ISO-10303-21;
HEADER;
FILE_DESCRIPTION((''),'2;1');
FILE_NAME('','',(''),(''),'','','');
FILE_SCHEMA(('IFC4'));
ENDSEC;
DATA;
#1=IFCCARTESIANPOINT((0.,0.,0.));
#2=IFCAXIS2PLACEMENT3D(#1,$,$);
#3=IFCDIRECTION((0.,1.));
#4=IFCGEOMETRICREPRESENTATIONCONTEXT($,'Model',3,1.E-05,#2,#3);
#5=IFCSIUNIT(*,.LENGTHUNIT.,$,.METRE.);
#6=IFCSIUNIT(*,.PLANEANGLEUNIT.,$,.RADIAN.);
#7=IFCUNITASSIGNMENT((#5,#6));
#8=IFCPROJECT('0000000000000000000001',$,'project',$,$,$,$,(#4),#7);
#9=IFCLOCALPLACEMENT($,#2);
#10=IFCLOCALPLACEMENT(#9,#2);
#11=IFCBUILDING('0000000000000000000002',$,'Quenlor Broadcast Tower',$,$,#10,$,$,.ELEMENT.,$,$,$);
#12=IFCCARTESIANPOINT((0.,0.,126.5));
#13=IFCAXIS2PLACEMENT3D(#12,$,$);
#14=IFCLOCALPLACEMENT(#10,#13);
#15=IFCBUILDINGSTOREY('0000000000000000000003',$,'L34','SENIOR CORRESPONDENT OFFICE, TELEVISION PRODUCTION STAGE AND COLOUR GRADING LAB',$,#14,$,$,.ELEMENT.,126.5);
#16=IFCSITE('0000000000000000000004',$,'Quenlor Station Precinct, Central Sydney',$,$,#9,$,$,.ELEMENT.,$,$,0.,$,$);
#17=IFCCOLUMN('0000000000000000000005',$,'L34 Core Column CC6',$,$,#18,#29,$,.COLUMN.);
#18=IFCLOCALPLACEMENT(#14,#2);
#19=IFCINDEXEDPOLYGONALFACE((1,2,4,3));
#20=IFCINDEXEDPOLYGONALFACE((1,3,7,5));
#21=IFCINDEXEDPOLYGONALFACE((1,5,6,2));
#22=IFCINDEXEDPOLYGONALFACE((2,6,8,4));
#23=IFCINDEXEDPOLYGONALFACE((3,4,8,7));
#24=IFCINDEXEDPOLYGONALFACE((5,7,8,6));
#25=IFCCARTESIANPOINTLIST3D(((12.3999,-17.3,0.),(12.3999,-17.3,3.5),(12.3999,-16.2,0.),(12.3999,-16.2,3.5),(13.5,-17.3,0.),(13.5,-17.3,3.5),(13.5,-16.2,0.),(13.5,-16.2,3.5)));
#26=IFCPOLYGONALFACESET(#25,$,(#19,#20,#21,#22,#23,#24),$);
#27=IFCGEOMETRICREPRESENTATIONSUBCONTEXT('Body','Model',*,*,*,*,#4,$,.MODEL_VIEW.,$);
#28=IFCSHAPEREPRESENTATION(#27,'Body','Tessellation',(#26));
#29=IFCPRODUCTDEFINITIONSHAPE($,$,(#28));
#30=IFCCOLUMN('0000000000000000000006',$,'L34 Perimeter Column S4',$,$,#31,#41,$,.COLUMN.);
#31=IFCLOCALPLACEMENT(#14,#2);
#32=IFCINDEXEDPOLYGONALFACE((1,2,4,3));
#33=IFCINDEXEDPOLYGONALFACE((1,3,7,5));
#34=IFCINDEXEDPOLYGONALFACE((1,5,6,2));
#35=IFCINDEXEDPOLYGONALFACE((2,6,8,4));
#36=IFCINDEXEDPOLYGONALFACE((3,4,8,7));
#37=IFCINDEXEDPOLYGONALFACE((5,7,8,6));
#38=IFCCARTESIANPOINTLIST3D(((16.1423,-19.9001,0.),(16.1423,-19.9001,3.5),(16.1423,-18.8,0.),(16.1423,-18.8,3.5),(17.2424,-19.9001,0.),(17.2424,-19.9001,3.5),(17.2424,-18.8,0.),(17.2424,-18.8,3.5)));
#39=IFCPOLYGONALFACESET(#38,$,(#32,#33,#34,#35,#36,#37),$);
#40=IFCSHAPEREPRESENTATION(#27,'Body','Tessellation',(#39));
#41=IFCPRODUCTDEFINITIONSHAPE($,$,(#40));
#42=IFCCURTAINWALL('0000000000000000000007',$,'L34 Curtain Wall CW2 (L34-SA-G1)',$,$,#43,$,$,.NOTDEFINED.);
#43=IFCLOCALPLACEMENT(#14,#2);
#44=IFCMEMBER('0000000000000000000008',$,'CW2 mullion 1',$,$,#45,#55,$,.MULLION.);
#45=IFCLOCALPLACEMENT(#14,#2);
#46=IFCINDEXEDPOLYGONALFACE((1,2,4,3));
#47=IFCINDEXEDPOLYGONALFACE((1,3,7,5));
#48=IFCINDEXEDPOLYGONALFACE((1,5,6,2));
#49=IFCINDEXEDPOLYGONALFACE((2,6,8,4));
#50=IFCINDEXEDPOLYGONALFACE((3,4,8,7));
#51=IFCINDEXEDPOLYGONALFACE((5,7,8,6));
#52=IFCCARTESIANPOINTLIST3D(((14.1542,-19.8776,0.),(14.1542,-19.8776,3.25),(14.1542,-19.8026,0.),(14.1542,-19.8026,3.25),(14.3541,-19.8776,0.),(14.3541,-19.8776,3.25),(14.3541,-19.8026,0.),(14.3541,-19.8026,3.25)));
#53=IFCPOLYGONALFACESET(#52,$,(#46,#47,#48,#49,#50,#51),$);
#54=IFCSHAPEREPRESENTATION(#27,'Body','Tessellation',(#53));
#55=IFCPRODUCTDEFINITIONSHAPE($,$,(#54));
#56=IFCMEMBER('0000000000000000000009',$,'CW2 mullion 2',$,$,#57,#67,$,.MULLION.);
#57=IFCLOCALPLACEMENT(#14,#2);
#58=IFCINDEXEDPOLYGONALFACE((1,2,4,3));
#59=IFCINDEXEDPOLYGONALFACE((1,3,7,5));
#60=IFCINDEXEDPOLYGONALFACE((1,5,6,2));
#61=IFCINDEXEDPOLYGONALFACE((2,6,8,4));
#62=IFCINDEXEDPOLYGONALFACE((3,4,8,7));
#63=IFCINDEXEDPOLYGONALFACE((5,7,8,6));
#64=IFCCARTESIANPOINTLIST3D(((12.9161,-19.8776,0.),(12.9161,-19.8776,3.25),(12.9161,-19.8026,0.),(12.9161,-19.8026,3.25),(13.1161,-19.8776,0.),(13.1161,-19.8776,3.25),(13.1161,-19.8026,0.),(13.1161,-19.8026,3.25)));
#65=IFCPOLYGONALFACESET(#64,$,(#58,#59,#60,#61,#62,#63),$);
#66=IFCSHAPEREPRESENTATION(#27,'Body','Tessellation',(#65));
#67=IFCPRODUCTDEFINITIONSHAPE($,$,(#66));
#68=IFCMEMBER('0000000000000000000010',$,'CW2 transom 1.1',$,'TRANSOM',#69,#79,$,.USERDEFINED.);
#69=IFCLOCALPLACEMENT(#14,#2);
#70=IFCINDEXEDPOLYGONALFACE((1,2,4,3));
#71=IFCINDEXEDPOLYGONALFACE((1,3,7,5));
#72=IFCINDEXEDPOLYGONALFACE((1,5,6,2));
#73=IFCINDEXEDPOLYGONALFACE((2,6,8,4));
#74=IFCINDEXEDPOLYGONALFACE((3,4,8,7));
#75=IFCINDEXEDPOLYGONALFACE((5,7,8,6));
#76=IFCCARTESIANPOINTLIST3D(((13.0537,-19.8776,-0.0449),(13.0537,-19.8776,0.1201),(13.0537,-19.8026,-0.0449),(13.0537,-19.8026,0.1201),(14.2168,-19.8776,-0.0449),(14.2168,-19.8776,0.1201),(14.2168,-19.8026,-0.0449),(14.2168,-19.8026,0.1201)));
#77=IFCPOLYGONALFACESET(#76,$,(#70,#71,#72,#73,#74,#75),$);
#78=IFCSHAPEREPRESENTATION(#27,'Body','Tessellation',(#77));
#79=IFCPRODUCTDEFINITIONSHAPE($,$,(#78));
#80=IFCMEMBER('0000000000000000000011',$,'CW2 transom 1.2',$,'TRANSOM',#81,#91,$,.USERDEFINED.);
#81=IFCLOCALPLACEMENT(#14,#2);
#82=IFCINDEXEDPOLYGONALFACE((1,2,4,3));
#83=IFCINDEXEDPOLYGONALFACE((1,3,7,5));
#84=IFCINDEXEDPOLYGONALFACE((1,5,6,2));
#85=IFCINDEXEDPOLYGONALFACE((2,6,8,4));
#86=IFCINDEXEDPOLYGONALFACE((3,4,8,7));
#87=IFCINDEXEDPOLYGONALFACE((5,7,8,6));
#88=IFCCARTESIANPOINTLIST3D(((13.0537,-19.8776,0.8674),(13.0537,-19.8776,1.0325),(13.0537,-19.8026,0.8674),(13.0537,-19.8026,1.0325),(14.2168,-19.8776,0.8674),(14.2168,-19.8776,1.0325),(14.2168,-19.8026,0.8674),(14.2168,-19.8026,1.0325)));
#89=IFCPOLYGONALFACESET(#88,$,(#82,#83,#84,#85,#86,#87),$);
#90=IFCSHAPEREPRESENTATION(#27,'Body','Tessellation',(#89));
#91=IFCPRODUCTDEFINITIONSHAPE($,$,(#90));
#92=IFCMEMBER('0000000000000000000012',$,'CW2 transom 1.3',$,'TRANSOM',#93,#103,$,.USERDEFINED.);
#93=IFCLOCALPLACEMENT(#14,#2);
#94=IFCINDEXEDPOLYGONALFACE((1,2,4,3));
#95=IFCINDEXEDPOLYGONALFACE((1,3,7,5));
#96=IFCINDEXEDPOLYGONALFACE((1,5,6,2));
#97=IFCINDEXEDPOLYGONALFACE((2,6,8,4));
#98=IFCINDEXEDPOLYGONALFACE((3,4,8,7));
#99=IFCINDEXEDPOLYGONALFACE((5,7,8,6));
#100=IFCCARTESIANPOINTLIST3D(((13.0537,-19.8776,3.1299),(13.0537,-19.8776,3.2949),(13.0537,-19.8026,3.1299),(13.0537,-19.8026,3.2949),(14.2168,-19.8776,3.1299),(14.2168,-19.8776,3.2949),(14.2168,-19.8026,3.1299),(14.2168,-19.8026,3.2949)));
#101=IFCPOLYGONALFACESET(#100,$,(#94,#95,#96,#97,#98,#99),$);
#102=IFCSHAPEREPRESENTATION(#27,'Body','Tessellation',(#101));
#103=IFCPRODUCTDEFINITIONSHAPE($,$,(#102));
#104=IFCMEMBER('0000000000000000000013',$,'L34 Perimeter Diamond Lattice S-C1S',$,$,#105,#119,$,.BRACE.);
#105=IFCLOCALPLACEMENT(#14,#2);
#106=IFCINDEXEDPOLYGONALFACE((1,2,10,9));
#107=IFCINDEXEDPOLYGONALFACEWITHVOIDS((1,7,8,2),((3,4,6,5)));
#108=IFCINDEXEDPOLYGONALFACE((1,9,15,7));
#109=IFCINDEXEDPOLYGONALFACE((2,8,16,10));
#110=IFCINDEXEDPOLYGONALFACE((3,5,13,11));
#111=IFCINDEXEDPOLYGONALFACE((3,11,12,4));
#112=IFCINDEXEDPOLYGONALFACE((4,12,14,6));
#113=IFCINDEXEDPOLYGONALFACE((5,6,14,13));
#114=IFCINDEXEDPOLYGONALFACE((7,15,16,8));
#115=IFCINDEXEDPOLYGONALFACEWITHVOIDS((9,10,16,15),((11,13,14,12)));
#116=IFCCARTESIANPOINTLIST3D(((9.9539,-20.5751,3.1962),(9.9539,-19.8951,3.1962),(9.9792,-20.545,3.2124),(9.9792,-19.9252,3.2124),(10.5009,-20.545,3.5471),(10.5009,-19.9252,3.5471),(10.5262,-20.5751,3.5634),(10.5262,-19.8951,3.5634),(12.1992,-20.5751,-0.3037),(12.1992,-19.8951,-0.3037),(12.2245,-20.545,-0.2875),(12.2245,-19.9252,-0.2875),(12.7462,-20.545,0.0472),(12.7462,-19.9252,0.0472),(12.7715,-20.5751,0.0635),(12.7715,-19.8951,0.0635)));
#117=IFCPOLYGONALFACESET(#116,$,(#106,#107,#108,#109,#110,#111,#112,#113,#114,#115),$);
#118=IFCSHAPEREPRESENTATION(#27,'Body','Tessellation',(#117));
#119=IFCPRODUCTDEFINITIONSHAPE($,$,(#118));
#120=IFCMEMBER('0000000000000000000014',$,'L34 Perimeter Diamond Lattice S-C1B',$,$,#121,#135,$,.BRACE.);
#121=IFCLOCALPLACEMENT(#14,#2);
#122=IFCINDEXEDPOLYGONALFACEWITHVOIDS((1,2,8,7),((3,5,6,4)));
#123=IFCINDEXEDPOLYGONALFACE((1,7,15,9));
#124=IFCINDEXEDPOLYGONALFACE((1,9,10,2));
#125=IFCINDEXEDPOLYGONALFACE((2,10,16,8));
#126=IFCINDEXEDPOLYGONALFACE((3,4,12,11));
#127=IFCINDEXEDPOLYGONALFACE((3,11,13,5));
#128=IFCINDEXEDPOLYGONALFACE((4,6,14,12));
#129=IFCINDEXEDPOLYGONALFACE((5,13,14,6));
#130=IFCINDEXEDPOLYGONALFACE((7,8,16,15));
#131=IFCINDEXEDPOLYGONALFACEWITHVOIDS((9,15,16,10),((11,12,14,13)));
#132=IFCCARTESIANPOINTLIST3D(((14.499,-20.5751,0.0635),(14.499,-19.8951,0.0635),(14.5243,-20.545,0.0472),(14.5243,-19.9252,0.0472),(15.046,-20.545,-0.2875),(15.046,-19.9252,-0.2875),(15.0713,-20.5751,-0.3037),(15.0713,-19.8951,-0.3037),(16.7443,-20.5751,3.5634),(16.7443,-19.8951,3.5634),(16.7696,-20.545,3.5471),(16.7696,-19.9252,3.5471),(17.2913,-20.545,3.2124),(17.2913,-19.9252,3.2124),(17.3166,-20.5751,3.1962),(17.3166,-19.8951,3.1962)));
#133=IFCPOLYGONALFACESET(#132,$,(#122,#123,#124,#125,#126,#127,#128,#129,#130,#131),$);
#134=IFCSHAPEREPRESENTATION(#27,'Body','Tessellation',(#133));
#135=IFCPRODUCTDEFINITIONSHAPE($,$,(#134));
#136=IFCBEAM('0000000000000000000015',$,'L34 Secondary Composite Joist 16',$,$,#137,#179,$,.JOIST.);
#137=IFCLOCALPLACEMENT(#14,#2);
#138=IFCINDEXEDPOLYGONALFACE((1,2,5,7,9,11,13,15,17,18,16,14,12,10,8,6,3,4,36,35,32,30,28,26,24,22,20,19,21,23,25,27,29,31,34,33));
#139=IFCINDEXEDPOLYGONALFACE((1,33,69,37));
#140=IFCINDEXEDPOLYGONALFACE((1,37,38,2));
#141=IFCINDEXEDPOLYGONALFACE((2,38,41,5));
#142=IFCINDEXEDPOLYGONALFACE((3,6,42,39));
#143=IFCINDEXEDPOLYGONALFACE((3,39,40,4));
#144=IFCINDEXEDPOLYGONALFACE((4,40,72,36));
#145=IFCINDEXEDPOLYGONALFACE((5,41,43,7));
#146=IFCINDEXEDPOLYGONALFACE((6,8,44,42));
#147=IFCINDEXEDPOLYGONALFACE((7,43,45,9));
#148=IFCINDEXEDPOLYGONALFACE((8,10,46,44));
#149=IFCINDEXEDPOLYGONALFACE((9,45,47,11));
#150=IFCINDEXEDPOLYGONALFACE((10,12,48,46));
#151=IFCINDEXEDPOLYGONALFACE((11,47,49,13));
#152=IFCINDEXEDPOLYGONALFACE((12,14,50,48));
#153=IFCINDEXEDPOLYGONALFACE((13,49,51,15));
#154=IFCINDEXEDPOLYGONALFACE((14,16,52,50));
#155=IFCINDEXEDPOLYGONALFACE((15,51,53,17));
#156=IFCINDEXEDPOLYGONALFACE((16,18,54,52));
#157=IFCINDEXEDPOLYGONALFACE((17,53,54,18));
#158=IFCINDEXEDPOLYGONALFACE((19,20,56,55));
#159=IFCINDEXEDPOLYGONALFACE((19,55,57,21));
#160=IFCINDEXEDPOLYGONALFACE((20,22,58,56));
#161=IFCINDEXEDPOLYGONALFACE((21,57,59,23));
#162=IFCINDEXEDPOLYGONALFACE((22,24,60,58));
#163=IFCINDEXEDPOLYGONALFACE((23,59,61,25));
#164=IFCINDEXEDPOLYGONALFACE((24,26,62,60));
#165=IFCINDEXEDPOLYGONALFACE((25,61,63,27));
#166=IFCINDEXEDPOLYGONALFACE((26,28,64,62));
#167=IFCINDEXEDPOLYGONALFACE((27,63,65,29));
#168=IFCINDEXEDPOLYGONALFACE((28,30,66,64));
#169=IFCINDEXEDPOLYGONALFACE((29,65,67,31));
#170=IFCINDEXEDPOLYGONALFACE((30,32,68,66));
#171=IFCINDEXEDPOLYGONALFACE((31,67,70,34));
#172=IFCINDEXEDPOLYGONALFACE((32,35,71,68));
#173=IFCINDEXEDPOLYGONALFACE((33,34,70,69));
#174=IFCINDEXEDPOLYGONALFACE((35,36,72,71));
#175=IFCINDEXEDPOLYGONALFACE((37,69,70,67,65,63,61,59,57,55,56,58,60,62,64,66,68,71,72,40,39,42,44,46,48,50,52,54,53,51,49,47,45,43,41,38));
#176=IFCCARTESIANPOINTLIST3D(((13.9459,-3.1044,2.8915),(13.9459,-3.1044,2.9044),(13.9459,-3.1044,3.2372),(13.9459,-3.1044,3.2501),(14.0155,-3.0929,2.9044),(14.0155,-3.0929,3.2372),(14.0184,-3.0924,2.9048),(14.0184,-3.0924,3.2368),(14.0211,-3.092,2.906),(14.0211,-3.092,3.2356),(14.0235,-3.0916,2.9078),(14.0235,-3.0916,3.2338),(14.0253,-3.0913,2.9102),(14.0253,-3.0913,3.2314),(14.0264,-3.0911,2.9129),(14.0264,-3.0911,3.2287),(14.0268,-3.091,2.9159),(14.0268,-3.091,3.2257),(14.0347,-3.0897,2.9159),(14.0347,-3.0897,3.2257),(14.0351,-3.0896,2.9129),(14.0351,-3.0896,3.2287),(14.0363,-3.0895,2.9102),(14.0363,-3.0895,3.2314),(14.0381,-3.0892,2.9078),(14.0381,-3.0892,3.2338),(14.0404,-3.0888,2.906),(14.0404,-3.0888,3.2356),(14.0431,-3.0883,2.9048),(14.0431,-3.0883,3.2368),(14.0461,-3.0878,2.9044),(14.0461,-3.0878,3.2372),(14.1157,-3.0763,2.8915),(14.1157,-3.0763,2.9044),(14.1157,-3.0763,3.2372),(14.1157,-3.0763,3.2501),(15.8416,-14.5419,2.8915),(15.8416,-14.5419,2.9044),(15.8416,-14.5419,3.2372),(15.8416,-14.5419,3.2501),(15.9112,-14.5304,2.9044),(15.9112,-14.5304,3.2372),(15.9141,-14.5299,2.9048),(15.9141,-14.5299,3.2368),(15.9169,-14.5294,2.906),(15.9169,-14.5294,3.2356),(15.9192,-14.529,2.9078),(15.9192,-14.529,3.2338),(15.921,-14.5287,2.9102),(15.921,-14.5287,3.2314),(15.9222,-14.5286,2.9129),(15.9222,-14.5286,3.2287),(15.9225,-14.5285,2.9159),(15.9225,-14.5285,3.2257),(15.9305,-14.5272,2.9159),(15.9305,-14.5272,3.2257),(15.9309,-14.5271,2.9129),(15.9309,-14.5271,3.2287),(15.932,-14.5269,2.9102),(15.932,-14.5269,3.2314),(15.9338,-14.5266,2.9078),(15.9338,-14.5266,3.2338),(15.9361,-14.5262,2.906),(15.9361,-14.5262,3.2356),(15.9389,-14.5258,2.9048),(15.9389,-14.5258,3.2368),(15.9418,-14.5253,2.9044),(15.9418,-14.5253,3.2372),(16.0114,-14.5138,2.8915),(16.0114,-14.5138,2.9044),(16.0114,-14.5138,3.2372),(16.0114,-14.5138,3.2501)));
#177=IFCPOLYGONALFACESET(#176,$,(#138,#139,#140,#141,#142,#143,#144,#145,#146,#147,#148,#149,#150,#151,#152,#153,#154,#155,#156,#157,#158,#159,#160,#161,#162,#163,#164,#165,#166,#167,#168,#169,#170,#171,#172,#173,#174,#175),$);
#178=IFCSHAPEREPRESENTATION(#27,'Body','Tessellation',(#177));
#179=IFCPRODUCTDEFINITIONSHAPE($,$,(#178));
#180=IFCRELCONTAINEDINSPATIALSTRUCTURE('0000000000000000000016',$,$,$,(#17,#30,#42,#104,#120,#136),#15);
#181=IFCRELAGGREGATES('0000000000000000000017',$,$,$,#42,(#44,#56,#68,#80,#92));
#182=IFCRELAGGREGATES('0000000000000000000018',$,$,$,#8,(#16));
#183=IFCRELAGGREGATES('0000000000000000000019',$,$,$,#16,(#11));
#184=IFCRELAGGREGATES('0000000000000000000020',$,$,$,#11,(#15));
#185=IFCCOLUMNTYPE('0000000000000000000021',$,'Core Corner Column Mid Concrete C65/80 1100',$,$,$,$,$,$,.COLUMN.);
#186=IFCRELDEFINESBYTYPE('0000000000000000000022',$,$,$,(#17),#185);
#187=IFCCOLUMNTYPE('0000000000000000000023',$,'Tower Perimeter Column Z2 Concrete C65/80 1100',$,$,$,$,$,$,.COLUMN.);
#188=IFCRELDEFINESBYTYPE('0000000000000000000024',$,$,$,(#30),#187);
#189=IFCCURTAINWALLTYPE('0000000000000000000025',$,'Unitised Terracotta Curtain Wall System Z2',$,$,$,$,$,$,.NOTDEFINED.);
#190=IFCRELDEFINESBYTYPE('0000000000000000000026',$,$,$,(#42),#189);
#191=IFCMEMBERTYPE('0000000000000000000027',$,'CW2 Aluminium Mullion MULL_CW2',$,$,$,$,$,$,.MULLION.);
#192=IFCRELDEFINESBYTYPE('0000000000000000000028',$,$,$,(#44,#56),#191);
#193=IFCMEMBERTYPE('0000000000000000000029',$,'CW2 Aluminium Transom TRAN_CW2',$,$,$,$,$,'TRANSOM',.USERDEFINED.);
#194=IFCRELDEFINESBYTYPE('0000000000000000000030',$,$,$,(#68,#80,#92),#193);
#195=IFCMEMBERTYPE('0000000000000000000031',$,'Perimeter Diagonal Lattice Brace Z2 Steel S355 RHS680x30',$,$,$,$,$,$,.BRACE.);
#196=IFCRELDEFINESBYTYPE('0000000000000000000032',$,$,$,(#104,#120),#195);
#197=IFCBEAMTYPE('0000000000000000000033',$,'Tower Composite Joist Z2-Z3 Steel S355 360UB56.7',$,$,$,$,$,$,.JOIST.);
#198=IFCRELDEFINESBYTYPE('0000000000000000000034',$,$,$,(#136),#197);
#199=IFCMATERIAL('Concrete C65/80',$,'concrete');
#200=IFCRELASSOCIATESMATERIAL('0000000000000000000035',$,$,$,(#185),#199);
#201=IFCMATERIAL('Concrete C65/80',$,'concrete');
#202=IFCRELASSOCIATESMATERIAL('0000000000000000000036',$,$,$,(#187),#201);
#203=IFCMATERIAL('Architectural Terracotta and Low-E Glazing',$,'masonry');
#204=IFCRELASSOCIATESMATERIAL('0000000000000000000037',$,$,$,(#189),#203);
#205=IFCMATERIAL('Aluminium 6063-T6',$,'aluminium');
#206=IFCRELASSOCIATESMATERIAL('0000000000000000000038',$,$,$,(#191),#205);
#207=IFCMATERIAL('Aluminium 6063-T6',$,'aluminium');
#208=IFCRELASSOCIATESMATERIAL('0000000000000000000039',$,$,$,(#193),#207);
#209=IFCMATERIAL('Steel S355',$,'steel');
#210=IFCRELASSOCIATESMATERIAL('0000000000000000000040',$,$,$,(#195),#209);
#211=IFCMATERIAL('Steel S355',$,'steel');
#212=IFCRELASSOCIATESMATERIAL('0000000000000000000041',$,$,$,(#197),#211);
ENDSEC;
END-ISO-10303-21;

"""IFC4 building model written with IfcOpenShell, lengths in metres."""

from ifc_helpers import new_model, si_unit, direction, frame, origin, origin_2d, place, context, subcontext, project, spatial, rectangle, hollow_rectangle, i_section, extrude, material, material_profile, profile_set, type_object, element, aggregate, save


model = new_model("IFC4")

# Units and contexts
model_context = context("Model", 3, precision=1e-05, world=origin(), true_north=direction((0.0, 1.0)))
body_context = subcontext(model_context, "Body", "Model", "MODEL_VIEW")
ifc_project = project(units=[si_unit("LENGTHUNIT", "METRE"), si_unit("PLANEANGLEUNIT", "RADIAN")], contexts=[model_context])

# Site, building, storey
site_placement = place(None, origin())
site = spatial("IfcSite", under=ifc_project, at=site_placement, Name="Quenlor Station Precinct, Central Sydney", CompositionType="ELEMENT", RefElevation=0.0)
building_placement = place(site_placement, origin())
building = spatial("IfcBuilding", under=site, at=building_placement, Name="Quenlor Broadcast Tower", CompositionType="ELEMENT")
storey_placement = place(building_placement, frame((0.0, 0.0, 126.5)))
storey = spatial("IfcBuildingStorey", under=building, at=storey_placement, Name="L34", Description="SENIOR CORRESPONDENT OFFICE, TELEVISION PRODUCTION STAGE AND COLOUR GRADING LAB", CompositionType="ELEMENT", Elevation=126.5)

# Columns
ifc_material_1 = material(Name="Concrete C65/80", Category="concrete")
ifc_material_profile_1 = material_profile(ifc_material_1, rectangle(XDim=1.1001, YDim=1.1001, at=origin_2d()))
ifc_profile_set_1 = profile_set([ifc_material_profile_1], Name="Concrete C65/80 RC1100x1100")
column_type_1 = type_object("IfcColumnType", Name="Core Corner Column Mid Concrete C65/80 1100", PredefinedType="COLUMN", material=ifc_profile_set_1)
column_1_placement = place(storey_placement, frame((12.95, -16.75, 0.0), z_axis=(0.0, 0.0, 1.0), x_axis=(1.0, 0.0, 0.0)))
element("IfcColumn", 1, at=column_1_placement, inside=storey, type_object=column_type_1, Name="L34 Core Column CC6", PredefinedType="COLUMN", context=body_context, shape_type="SweptSolid", body=[
    extrude(rectangle(XDim=1.1001, YDim=1.1001, at=origin_2d()), origin(), (0.0, 0.0, 1.0), 3.5),
])
ifc_material_2 = material(Name="Concrete C65/80", Category="concrete")
ifc_material_profile_2 = material_profile(ifc_material_2, rectangle(XDim=1.1001, YDim=1.1001, at=origin_2d()))
ifc_profile_set_2 = profile_set([ifc_material_profile_2], Name="Concrete C65/80 RC1100x1100")
column_type_2 = type_object("IfcColumnType", Name="Tower Perimeter Column Z2 Concrete C65/80 1100", PredefinedType="COLUMN", material=ifc_profile_set_2)
column_2_placement = place(storey_placement, frame((16.6924, -19.3501, 0.0), z_axis=(0.0, 0.0, 1.0), x_axis=(0.0, 1.0, 0.0)))
element("IfcColumn", 2, at=column_2_placement, inside=storey, type_object=column_type_2, Name="L34 Perimeter Column S4", PredefinedType="COLUMN", context=body_context, shape_type="SweptSolid", body=[
    extrude(rectangle(XDim=1.1001, YDim=1.1001, at=origin_2d()), origin(), (0.0, 0.0, 1.0), 3.5),
])

# Curtain wall, members
ifc_material_3 = material(Name="Architectural Terracotta and Low-E Glazing", Category="masonry")
curtain_wall_type = type_object("IfcCurtainWallType", Name="Unitised Terracotta Curtain Wall System Z2", PredefinedType="NOTDEFINED", material=ifc_material_3)
curtain_wall_placement = place(storey_placement, origin())
curtain_wall = element("IfcCurtainWall", 3, at=curtain_wall_placement, inside=storey, type_object=curtain_wall_type, Name="L34 Curtain Wall CW2 (L34-SA-G1)", PredefinedType="NOTDEFINED")
ifc_material_4 = material(Name="Aluminium 6063-T6", Category="aluminium")
ifc_material_profile_3 = material_profile(ifc_material_4, rectangle(XDim=0.075, YDim=0.2, at=origin_2d()))
ifc_profile_set_3 = profile_set([ifc_material_profile_3], Name="Aluminium 6063-T6 MULL75x200")
member_type_1 = type_object("IfcMemberType", Name="CW2 Aluminium Mullion MULL_CW2", PredefinedType="MULLION", material=ifc_profile_set_3)
member_1_placement = place(storey_placement, frame((14.2542, -19.8401, 0.0), z_axis=(0.0, 0.0, 1.0), x_axis=(0.0, -1.0, 0.0)))
member_1 = element("IfcMember", 4, at=member_1_placement, type_object=member_type_1, Name="CW2 mullion 1", PredefinedType="MULLION", context=body_context, shape_type="SweptSolid", body=[
    extrude(rectangle(XDim=0.075, YDim=0.2, at=origin_2d()), origin(), (0.0, 0.0, 1.0), 3.25),
])
member_2_placement = place(storey_placement, frame((13.0161, -19.8401, 0.0), z_axis=(0.0, 0.0, 1.0), x_axis=(0.0, -1.0, 0.0)))
member_2 = element("IfcMember", 5, at=member_2_placement, type_object=member_type_1, Name="CW2 mullion 2", PredefinedType="MULLION", context=body_context, shape_type="SweptSolid", body=[
    extrude(rectangle(XDim=0.075, YDim=0.2, at=origin_2d()), origin(), (0.0, 0.0, 1.0), 3.25),
])
ifc_material_5 = material(Name="Aluminium 6063-T6", Category="aluminium")
ifc_material_profile_4 = material_profile(ifc_material_5, rectangle(XDim=0.075, YDim=0.165, at=origin_2d()))
ifc_profile_set_4 = profile_set([ifc_material_profile_4], Name="Aluminium 6063-T6 TRAN75x165")
member_type_2 = type_object("IfcMemberType", Name="CW2 Aluminium Transom TRAN_CW2", ElementType="TRANSOM", PredefinedType="USERDEFINED", material=ifc_profile_set_4)
member_3_placement = place(storey_placement, frame((14.2168, -19.8401, 0.0376), z_axis=(-1.0, 0.0, 0.0), x_axis=(0.0, -1.0, 0.0)))
member_3 = element("IfcMember", 6, at=member_3_placement, type_object=member_type_2, Name="CW2 transom 1.1", ObjectType="TRANSOM", PredefinedType="USERDEFINED", context=body_context, shape_type="SweptSolid", body=[
    extrude(rectangle(XDim=0.075, YDim=0.165, at=origin_2d()), origin(), (0.0, 0.0, 1.0), 1.1631),
])
member_4_placement = place(storey_placement, frame((14.2168, -19.8401, 0.95), z_axis=(-1.0, 0.0, 0.0), x_axis=(0.0, -1.0, 0.0)))
member_4 = element("IfcMember", 7, at=member_4_placement, type_object=member_type_2, Name="CW2 transom 1.2", ObjectType="TRANSOM", PredefinedType="USERDEFINED", context=body_context, shape_type="SweptSolid", body=[
    extrude(rectangle(XDim=0.075, YDim=0.165, at=origin_2d()), origin(), (0.0, 0.0, 1.0), 1.1631),
])
member_5_placement = place(storey_placement, frame((14.2168, -19.8401, 3.2124), z_axis=(-1.0, 0.0, 0.0), x_axis=(0.0, -1.0, 0.0)))
member_5 = element("IfcMember", 8, at=member_5_placement, type_object=member_type_2, Name="CW2 transom 1.3", ObjectType="TRANSOM", PredefinedType="USERDEFINED", context=body_context, shape_type="SweptSolid", body=[
    extrude(rectangle(XDim=0.075, YDim=0.165, at=origin_2d()), origin(), (0.0, 0.0, 1.0), 1.1631),
])

# Members
ifc_material_6 = material(Name="Steel S355", Category="steel")
ifc_material_profile_5 = material_profile(ifc_material_6, hollow_rectangle(XDim=0.6799, YDim=0.6799, WallThickness=0.03, at=origin_2d()))
ifc_profile_set_5 = profile_set([ifc_material_profile_5], Name="Steel S355 RHS680x680x30")
member_type_3 = type_object("IfcMemberType", Name="Perimeter Diagonal Lattice Brace Z2 Steel S355 RHS680x30", PredefinedType="BRACE", material=ifc_profile_set_5)
for number, where, z_axis, x_axis, name in (
    (9, (12.4854, -20.2351, -0.1201), (-0.539968, 0.0, 0.841686), (0.0, -1.0, 0.0), "L34 Perimeter Diamond Lattice S-C1S"),
    (10, (14.7852, -20.2351, -0.1201), (0.539968, 0.0, 0.841686), (0.0, 1.0, 0.0), "L34 Perimeter Diamond Lattice S-C1B"),
):
    element("IfcMember", number, at=place(storey_placement, frame(where, z_axis=z_axis, x_axis=x_axis)), inside=storey, type_object=member_type_3, Name=name, PredefinedType="BRACE", context=body_context, shape_type="SweptSolid", body=[
        extrude(hollow_rectangle(XDim=0.6799, YDim=0.6799, WallThickness=0.03, at=origin_2d()), origin(), (0.0, 0.0, 1.0), 4.1582),
    ])

# Beam
ifc_material_7 = material(Name="Steel S355", Category="steel")
ifc_material_profile_6 = material_profile(ifc_material_7, i_section(OverallWidth=0.1721, OverallDepth=0.3586, WebThickness=0.0081, FlangeThickness=0.0129, FilletRadius=0.0115, at=origin_2d()))
ifc_profile_set_6 = profile_set([ifc_material_profile_6], Name="Steel S355 360UB56.7")
beam_type_1 = type_object("IfcBeamType", Name="Tower Composite Joist Z2-Z3 Steel S355 360UB56.7", PredefinedType="JOIST", material=ifc_profile_set_6)
beam_1_placement = place(storey_placement, frame((15.9265, -14.5278, 3.0708), z_axis=(-0.163518, 0.98654, 0.0), x_axis=(-0.98654, -0.163518, 0.0)))
element("IfcBeam", 11, at=beam_1_placement, inside=storey, type_object=beam_type_1, Name="L34 Secondary Composite Joist 16", PredefinedType="JOIST", context=body_context, shape_type="SweptSolid", body=[
    extrude(i_section(OverallWidth=0.1721, OverallDepth=0.3586, WebThickness=0.0081, FlangeThickness=0.0129, FilletRadius=0.0115, at=origin_2d()), origin(), (0.0, 0.0, 1.0), 11.5935),
])

aggregate(curtain_wall, [member_1, member_2, member_3, member_4, member_5])

save(model, "model.ifc")
